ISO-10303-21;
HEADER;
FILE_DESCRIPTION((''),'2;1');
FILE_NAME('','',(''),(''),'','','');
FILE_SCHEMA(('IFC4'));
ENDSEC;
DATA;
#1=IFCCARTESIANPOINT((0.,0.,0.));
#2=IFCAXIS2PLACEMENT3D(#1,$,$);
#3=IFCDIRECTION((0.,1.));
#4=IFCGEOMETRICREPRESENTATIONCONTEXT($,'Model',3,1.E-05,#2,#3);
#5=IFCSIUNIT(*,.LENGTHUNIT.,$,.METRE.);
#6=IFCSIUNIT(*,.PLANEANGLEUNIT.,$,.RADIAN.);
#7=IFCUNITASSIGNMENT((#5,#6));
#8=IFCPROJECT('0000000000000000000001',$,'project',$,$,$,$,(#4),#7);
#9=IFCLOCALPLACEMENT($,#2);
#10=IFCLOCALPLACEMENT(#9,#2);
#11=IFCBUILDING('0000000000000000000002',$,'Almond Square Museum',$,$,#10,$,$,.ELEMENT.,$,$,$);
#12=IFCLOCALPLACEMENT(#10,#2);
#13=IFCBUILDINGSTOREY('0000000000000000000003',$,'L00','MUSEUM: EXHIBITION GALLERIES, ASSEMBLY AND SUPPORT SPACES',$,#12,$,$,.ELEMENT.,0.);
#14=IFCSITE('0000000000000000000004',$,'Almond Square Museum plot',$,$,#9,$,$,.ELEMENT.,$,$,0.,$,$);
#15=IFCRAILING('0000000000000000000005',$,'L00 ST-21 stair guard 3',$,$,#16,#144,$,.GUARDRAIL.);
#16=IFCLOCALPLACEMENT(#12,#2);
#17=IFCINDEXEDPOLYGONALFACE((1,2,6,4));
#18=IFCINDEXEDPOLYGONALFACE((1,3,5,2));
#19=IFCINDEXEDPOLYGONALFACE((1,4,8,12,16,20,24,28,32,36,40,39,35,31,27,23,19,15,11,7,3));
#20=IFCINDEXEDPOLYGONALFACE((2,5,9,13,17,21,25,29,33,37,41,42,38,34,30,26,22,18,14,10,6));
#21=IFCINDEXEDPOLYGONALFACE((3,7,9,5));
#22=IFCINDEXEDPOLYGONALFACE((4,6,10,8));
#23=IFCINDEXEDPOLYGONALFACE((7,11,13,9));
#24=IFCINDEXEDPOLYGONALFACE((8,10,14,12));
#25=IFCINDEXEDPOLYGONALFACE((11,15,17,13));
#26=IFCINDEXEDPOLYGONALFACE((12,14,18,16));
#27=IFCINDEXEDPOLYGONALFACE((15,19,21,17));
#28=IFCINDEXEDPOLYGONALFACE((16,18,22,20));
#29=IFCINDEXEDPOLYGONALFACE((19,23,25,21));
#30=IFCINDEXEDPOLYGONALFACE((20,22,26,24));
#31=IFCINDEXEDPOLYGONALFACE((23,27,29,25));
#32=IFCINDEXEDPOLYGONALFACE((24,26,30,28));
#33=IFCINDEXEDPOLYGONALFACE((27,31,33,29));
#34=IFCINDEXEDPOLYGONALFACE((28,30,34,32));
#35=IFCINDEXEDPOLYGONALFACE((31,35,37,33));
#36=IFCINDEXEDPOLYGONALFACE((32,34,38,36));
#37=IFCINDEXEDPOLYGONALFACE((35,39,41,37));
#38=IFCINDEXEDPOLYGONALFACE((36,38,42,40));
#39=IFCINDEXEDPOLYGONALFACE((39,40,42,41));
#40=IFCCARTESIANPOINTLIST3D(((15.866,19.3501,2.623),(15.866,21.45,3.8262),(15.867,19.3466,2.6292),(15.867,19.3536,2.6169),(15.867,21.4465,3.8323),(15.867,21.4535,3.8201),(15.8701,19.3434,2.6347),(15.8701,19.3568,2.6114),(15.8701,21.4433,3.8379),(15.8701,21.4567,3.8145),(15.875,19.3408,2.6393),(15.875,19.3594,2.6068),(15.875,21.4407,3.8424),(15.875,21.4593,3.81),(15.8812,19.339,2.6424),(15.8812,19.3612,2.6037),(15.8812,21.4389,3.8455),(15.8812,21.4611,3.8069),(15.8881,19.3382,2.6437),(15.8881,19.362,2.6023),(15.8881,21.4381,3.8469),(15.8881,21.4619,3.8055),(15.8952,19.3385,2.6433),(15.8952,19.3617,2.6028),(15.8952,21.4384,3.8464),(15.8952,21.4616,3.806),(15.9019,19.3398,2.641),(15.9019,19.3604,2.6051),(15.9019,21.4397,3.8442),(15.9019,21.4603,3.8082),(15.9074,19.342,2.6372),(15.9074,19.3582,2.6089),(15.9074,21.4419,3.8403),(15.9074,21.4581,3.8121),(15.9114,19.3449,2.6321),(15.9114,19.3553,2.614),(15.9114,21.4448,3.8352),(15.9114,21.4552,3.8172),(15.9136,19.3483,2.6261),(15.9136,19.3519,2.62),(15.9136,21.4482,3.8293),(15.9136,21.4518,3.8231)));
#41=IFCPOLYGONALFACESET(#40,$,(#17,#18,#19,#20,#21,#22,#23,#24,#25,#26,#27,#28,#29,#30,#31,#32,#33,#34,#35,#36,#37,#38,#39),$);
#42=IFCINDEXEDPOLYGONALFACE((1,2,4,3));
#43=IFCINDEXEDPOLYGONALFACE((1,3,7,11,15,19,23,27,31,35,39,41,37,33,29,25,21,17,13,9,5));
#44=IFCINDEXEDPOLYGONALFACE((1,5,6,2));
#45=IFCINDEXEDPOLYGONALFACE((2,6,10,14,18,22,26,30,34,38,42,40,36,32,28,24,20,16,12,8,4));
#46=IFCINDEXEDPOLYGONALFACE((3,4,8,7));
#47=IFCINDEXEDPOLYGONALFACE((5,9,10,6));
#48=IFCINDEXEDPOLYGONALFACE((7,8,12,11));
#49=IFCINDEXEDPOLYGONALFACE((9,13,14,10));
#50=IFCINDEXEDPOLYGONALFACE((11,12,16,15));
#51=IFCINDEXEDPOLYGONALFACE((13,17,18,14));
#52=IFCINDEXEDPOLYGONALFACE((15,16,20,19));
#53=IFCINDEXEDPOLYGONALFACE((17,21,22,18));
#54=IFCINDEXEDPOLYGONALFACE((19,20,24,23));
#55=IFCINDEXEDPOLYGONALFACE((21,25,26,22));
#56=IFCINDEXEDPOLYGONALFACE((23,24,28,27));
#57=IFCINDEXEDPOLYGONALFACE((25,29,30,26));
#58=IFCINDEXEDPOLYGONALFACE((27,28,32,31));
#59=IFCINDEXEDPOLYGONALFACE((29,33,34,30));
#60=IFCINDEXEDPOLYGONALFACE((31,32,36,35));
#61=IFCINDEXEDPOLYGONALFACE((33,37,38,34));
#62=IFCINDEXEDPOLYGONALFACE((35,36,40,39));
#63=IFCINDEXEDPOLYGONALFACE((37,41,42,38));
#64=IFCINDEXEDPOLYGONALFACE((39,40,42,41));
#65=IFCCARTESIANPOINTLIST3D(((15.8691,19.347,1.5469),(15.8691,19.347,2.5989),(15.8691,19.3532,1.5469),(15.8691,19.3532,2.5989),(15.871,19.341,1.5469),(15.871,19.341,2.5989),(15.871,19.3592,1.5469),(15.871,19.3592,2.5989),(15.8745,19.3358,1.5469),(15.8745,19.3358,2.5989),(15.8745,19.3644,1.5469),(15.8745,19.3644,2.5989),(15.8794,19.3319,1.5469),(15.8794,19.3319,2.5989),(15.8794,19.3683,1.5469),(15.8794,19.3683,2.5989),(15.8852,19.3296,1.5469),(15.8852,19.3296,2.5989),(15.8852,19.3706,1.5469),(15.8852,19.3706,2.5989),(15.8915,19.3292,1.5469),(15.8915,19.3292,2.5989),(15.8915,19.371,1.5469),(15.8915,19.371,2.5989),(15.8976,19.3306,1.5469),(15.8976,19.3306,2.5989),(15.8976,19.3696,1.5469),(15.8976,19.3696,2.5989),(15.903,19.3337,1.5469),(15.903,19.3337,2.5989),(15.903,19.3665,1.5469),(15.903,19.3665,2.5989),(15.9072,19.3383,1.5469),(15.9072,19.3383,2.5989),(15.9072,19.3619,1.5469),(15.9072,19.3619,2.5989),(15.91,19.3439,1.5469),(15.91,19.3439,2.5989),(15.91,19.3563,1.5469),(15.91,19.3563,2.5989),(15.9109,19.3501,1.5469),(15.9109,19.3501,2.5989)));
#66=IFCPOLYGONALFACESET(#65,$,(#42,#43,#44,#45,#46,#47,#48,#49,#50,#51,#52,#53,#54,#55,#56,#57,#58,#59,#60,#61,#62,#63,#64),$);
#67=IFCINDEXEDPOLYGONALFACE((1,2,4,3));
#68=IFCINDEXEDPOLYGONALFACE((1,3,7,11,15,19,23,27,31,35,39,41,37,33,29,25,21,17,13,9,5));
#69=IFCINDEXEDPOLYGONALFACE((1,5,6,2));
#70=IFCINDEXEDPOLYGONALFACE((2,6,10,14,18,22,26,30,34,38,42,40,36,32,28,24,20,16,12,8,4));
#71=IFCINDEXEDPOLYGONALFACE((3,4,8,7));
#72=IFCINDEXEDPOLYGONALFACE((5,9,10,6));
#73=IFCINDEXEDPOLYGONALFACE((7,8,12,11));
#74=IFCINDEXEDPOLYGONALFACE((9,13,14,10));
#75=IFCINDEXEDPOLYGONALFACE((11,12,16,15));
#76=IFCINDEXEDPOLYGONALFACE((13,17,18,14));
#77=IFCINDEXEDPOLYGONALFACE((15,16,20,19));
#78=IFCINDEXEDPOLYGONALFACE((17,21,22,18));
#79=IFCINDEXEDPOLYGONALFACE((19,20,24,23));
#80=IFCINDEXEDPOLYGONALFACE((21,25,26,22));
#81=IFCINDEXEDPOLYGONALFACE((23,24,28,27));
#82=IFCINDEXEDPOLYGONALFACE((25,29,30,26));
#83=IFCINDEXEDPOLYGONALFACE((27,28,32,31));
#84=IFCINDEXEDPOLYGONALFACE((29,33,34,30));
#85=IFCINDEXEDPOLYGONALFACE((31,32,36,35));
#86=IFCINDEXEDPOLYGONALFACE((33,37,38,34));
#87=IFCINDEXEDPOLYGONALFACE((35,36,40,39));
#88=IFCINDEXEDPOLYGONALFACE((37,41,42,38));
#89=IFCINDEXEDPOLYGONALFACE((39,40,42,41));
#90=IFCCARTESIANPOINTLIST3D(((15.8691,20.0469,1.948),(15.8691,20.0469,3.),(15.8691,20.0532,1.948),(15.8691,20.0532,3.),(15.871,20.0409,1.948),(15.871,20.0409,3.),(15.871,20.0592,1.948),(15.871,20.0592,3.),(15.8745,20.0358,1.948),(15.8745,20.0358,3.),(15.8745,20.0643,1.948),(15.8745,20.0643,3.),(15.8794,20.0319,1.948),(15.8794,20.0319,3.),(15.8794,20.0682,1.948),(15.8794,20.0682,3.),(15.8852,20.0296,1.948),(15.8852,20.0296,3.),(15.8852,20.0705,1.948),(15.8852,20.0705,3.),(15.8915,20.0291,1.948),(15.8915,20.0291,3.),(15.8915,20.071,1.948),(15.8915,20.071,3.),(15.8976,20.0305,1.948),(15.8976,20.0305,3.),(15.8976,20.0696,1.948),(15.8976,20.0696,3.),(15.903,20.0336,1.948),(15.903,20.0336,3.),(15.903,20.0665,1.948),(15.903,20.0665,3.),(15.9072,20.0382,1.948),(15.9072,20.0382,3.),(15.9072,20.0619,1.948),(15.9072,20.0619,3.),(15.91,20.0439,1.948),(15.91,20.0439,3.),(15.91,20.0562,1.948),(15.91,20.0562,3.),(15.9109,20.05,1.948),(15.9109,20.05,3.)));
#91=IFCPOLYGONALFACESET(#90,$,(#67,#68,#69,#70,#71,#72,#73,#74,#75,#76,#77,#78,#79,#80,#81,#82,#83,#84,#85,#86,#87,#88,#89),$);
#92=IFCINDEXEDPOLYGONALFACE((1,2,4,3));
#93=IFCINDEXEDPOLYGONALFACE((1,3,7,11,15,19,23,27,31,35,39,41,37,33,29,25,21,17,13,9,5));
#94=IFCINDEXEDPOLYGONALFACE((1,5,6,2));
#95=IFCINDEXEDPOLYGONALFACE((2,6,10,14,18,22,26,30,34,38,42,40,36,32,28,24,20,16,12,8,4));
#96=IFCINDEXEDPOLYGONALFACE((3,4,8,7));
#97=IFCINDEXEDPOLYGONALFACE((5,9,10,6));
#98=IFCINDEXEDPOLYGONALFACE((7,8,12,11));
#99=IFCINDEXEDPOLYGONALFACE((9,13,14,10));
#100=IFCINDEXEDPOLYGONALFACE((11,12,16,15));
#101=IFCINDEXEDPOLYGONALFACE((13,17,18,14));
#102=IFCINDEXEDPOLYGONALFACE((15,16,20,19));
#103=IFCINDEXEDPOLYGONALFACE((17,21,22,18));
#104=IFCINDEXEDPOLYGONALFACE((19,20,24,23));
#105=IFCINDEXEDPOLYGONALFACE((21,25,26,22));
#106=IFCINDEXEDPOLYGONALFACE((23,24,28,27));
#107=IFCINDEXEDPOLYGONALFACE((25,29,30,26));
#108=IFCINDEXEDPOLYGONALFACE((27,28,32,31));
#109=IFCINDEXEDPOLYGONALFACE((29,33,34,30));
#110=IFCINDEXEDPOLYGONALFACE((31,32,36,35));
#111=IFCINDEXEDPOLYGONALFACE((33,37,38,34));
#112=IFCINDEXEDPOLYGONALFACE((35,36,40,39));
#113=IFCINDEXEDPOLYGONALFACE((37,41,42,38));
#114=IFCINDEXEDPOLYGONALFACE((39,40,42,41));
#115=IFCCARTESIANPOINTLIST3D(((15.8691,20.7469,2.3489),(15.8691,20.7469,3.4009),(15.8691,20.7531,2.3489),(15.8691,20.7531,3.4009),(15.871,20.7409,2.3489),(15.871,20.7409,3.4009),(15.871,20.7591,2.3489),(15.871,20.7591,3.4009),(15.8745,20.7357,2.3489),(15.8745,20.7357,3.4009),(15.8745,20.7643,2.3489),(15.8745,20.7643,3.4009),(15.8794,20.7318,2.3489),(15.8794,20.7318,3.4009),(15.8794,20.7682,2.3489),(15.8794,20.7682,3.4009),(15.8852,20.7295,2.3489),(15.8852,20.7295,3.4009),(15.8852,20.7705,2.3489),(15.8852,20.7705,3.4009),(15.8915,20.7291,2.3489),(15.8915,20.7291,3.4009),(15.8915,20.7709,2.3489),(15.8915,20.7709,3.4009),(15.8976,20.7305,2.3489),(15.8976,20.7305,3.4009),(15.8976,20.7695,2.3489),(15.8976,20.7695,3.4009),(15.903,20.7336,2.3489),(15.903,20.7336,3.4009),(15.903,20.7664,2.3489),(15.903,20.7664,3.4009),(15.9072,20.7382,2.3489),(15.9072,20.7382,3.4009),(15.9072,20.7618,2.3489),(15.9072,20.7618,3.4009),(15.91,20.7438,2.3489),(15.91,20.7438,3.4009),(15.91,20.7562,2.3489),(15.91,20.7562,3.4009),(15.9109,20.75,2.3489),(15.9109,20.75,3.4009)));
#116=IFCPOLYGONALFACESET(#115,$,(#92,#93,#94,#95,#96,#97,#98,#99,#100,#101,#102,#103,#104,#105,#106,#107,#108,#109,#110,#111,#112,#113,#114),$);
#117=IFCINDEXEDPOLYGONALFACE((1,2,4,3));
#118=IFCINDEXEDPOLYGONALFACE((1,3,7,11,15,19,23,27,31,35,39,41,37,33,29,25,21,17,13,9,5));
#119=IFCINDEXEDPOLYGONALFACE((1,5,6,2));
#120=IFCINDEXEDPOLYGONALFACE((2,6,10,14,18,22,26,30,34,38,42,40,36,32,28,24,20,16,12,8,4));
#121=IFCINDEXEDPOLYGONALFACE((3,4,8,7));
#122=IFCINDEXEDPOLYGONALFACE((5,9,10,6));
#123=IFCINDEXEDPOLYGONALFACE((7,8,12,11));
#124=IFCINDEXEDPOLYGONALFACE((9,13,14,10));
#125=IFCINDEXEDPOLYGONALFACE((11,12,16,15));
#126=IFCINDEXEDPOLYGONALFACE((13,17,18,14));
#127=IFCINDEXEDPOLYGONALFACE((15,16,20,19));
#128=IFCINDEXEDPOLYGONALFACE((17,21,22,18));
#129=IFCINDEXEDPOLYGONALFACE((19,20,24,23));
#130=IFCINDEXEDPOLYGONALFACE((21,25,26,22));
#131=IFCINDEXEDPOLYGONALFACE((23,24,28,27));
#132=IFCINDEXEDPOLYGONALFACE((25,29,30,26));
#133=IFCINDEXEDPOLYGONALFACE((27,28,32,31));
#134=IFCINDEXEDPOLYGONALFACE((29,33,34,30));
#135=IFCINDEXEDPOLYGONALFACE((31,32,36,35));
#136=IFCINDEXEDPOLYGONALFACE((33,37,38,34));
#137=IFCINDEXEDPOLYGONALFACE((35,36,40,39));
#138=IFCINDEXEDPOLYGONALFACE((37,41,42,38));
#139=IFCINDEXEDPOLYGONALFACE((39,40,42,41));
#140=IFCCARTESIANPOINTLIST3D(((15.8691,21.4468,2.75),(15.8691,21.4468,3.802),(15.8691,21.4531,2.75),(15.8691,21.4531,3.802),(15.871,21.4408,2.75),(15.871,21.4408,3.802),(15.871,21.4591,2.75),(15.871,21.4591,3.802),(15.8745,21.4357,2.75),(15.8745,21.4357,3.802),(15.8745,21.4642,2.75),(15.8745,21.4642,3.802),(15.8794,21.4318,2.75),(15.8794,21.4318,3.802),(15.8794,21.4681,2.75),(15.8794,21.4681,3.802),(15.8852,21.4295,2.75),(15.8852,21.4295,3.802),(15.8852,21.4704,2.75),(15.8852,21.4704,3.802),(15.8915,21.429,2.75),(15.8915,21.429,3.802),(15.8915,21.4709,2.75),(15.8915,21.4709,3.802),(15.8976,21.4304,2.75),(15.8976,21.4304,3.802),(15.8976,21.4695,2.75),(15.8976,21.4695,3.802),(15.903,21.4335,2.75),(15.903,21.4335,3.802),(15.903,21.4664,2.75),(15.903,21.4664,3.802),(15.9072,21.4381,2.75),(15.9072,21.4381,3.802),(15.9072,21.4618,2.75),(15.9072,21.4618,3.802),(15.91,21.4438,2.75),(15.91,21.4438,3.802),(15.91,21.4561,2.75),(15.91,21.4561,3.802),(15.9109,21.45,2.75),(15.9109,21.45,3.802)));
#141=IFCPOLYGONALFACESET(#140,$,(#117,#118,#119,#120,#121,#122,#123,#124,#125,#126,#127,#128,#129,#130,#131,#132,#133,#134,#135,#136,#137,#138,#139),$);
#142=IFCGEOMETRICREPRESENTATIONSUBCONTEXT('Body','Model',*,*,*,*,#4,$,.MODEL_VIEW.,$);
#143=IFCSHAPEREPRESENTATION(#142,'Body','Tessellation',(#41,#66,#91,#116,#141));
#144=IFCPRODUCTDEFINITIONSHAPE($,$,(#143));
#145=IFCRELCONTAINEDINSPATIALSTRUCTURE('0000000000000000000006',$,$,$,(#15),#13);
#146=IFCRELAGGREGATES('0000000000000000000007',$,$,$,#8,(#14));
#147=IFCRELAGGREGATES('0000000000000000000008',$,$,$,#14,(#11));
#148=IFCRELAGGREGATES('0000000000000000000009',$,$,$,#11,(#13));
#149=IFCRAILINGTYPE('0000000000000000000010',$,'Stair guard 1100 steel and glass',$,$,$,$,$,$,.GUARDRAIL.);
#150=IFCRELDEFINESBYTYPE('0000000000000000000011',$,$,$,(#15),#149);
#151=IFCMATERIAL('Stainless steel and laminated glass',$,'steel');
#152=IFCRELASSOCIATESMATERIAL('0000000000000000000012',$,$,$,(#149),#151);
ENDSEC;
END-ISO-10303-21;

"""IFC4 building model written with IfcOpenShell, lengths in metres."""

from ifc_helpers import new_model, si_unit, direction, frame, origin, origin_2d, place, context, subcontext, project, spatial, circle, extrude, material, type_object, element, save


model = new_model("IFC4")

# Units and contexts
model_context = context("Model", 3, precision=1e-05, world=origin(), true_north=direction((0.0, 1.0)))
body_context = subcontext(model_context, "Body", "Model", "MODEL_VIEW")
ifc_project = project(units=[si_unit("LENGTHUNIT", "METRE"), si_unit("PLANEANGLEUNIT", "RADIAN")], contexts=[model_context])

# Site, building, storey
site_placement = place(None, origin())
site = spatial("IfcSite", under=ifc_project, at=site_placement, Name="Almond Square Museum plot", CompositionType="ELEMENT", RefElevation=0.0)
building_placement = place(site_placement, origin())
building = spatial("IfcBuilding", under=site, at=building_placement, Name="Almond Square Museum", CompositionType="ELEMENT")
storey_placement = place(building_placement, origin())
storey = spatial("IfcBuildingStorey", under=building, at=storey_placement, Name="L00", Description="MUSEUM: EXHIBITION GALLERIES, ASSEMBLY AND SUPPORT SPACES", CompositionType="ELEMENT", Elevation=0.0)

# Railing
ifc_material_1 = material(Name="Stainless steel and laminated glass", Category="steel")
railing_type_1 = type_object("IfcRailingType", Name="Stair guard 1100 steel and glass", PredefinedType="GUARDRAIL", material=ifc_material_1)
railing_1_placement = place(storey_placement, frame((15.8899, 19.3501, 1.5469)))
element("IfcRailing", 1, at=railing_1_placement, inside=storey, type_object=railing_type_1, Name="L00 ST-21 stair guard 3", PredefinedType="GUARDRAIL", context=body_context, shape_type="SweptSolid", body=[
    extrude(circle(Radius=0.0239, at=origin_2d()), frame((0.0, 0.0, 1.0762), z_axis=(0.0, 0.867671, 0.497138), x_axis=(-1.0, 0.0, 0.0)), (0.0, 0.0, 1.0), 2.4202),
    extrude(circle(Radius=0.021, at=origin_2d()), origin(), (0.0, 0.0, 1.0), 1.052),
    extrude(circle(Radius=0.021, at=origin_2d()), frame((0.0, 0.7, 0.4011)), (0.0, 0.0, 1.0), 1.052),
    extrude(circle(Radius=0.021, at=origin_2d()), frame((0.0, 1.3999, 0.802)), (0.0, 0.0, 1.0), 1.052),
    extrude(circle(Radius=0.021, at=origin_2d()), frame((0.0, 2.0999, 1.2031)), (0.0, 0.0, 1.0), 1.052),
])

save(model, "model.ifc")
